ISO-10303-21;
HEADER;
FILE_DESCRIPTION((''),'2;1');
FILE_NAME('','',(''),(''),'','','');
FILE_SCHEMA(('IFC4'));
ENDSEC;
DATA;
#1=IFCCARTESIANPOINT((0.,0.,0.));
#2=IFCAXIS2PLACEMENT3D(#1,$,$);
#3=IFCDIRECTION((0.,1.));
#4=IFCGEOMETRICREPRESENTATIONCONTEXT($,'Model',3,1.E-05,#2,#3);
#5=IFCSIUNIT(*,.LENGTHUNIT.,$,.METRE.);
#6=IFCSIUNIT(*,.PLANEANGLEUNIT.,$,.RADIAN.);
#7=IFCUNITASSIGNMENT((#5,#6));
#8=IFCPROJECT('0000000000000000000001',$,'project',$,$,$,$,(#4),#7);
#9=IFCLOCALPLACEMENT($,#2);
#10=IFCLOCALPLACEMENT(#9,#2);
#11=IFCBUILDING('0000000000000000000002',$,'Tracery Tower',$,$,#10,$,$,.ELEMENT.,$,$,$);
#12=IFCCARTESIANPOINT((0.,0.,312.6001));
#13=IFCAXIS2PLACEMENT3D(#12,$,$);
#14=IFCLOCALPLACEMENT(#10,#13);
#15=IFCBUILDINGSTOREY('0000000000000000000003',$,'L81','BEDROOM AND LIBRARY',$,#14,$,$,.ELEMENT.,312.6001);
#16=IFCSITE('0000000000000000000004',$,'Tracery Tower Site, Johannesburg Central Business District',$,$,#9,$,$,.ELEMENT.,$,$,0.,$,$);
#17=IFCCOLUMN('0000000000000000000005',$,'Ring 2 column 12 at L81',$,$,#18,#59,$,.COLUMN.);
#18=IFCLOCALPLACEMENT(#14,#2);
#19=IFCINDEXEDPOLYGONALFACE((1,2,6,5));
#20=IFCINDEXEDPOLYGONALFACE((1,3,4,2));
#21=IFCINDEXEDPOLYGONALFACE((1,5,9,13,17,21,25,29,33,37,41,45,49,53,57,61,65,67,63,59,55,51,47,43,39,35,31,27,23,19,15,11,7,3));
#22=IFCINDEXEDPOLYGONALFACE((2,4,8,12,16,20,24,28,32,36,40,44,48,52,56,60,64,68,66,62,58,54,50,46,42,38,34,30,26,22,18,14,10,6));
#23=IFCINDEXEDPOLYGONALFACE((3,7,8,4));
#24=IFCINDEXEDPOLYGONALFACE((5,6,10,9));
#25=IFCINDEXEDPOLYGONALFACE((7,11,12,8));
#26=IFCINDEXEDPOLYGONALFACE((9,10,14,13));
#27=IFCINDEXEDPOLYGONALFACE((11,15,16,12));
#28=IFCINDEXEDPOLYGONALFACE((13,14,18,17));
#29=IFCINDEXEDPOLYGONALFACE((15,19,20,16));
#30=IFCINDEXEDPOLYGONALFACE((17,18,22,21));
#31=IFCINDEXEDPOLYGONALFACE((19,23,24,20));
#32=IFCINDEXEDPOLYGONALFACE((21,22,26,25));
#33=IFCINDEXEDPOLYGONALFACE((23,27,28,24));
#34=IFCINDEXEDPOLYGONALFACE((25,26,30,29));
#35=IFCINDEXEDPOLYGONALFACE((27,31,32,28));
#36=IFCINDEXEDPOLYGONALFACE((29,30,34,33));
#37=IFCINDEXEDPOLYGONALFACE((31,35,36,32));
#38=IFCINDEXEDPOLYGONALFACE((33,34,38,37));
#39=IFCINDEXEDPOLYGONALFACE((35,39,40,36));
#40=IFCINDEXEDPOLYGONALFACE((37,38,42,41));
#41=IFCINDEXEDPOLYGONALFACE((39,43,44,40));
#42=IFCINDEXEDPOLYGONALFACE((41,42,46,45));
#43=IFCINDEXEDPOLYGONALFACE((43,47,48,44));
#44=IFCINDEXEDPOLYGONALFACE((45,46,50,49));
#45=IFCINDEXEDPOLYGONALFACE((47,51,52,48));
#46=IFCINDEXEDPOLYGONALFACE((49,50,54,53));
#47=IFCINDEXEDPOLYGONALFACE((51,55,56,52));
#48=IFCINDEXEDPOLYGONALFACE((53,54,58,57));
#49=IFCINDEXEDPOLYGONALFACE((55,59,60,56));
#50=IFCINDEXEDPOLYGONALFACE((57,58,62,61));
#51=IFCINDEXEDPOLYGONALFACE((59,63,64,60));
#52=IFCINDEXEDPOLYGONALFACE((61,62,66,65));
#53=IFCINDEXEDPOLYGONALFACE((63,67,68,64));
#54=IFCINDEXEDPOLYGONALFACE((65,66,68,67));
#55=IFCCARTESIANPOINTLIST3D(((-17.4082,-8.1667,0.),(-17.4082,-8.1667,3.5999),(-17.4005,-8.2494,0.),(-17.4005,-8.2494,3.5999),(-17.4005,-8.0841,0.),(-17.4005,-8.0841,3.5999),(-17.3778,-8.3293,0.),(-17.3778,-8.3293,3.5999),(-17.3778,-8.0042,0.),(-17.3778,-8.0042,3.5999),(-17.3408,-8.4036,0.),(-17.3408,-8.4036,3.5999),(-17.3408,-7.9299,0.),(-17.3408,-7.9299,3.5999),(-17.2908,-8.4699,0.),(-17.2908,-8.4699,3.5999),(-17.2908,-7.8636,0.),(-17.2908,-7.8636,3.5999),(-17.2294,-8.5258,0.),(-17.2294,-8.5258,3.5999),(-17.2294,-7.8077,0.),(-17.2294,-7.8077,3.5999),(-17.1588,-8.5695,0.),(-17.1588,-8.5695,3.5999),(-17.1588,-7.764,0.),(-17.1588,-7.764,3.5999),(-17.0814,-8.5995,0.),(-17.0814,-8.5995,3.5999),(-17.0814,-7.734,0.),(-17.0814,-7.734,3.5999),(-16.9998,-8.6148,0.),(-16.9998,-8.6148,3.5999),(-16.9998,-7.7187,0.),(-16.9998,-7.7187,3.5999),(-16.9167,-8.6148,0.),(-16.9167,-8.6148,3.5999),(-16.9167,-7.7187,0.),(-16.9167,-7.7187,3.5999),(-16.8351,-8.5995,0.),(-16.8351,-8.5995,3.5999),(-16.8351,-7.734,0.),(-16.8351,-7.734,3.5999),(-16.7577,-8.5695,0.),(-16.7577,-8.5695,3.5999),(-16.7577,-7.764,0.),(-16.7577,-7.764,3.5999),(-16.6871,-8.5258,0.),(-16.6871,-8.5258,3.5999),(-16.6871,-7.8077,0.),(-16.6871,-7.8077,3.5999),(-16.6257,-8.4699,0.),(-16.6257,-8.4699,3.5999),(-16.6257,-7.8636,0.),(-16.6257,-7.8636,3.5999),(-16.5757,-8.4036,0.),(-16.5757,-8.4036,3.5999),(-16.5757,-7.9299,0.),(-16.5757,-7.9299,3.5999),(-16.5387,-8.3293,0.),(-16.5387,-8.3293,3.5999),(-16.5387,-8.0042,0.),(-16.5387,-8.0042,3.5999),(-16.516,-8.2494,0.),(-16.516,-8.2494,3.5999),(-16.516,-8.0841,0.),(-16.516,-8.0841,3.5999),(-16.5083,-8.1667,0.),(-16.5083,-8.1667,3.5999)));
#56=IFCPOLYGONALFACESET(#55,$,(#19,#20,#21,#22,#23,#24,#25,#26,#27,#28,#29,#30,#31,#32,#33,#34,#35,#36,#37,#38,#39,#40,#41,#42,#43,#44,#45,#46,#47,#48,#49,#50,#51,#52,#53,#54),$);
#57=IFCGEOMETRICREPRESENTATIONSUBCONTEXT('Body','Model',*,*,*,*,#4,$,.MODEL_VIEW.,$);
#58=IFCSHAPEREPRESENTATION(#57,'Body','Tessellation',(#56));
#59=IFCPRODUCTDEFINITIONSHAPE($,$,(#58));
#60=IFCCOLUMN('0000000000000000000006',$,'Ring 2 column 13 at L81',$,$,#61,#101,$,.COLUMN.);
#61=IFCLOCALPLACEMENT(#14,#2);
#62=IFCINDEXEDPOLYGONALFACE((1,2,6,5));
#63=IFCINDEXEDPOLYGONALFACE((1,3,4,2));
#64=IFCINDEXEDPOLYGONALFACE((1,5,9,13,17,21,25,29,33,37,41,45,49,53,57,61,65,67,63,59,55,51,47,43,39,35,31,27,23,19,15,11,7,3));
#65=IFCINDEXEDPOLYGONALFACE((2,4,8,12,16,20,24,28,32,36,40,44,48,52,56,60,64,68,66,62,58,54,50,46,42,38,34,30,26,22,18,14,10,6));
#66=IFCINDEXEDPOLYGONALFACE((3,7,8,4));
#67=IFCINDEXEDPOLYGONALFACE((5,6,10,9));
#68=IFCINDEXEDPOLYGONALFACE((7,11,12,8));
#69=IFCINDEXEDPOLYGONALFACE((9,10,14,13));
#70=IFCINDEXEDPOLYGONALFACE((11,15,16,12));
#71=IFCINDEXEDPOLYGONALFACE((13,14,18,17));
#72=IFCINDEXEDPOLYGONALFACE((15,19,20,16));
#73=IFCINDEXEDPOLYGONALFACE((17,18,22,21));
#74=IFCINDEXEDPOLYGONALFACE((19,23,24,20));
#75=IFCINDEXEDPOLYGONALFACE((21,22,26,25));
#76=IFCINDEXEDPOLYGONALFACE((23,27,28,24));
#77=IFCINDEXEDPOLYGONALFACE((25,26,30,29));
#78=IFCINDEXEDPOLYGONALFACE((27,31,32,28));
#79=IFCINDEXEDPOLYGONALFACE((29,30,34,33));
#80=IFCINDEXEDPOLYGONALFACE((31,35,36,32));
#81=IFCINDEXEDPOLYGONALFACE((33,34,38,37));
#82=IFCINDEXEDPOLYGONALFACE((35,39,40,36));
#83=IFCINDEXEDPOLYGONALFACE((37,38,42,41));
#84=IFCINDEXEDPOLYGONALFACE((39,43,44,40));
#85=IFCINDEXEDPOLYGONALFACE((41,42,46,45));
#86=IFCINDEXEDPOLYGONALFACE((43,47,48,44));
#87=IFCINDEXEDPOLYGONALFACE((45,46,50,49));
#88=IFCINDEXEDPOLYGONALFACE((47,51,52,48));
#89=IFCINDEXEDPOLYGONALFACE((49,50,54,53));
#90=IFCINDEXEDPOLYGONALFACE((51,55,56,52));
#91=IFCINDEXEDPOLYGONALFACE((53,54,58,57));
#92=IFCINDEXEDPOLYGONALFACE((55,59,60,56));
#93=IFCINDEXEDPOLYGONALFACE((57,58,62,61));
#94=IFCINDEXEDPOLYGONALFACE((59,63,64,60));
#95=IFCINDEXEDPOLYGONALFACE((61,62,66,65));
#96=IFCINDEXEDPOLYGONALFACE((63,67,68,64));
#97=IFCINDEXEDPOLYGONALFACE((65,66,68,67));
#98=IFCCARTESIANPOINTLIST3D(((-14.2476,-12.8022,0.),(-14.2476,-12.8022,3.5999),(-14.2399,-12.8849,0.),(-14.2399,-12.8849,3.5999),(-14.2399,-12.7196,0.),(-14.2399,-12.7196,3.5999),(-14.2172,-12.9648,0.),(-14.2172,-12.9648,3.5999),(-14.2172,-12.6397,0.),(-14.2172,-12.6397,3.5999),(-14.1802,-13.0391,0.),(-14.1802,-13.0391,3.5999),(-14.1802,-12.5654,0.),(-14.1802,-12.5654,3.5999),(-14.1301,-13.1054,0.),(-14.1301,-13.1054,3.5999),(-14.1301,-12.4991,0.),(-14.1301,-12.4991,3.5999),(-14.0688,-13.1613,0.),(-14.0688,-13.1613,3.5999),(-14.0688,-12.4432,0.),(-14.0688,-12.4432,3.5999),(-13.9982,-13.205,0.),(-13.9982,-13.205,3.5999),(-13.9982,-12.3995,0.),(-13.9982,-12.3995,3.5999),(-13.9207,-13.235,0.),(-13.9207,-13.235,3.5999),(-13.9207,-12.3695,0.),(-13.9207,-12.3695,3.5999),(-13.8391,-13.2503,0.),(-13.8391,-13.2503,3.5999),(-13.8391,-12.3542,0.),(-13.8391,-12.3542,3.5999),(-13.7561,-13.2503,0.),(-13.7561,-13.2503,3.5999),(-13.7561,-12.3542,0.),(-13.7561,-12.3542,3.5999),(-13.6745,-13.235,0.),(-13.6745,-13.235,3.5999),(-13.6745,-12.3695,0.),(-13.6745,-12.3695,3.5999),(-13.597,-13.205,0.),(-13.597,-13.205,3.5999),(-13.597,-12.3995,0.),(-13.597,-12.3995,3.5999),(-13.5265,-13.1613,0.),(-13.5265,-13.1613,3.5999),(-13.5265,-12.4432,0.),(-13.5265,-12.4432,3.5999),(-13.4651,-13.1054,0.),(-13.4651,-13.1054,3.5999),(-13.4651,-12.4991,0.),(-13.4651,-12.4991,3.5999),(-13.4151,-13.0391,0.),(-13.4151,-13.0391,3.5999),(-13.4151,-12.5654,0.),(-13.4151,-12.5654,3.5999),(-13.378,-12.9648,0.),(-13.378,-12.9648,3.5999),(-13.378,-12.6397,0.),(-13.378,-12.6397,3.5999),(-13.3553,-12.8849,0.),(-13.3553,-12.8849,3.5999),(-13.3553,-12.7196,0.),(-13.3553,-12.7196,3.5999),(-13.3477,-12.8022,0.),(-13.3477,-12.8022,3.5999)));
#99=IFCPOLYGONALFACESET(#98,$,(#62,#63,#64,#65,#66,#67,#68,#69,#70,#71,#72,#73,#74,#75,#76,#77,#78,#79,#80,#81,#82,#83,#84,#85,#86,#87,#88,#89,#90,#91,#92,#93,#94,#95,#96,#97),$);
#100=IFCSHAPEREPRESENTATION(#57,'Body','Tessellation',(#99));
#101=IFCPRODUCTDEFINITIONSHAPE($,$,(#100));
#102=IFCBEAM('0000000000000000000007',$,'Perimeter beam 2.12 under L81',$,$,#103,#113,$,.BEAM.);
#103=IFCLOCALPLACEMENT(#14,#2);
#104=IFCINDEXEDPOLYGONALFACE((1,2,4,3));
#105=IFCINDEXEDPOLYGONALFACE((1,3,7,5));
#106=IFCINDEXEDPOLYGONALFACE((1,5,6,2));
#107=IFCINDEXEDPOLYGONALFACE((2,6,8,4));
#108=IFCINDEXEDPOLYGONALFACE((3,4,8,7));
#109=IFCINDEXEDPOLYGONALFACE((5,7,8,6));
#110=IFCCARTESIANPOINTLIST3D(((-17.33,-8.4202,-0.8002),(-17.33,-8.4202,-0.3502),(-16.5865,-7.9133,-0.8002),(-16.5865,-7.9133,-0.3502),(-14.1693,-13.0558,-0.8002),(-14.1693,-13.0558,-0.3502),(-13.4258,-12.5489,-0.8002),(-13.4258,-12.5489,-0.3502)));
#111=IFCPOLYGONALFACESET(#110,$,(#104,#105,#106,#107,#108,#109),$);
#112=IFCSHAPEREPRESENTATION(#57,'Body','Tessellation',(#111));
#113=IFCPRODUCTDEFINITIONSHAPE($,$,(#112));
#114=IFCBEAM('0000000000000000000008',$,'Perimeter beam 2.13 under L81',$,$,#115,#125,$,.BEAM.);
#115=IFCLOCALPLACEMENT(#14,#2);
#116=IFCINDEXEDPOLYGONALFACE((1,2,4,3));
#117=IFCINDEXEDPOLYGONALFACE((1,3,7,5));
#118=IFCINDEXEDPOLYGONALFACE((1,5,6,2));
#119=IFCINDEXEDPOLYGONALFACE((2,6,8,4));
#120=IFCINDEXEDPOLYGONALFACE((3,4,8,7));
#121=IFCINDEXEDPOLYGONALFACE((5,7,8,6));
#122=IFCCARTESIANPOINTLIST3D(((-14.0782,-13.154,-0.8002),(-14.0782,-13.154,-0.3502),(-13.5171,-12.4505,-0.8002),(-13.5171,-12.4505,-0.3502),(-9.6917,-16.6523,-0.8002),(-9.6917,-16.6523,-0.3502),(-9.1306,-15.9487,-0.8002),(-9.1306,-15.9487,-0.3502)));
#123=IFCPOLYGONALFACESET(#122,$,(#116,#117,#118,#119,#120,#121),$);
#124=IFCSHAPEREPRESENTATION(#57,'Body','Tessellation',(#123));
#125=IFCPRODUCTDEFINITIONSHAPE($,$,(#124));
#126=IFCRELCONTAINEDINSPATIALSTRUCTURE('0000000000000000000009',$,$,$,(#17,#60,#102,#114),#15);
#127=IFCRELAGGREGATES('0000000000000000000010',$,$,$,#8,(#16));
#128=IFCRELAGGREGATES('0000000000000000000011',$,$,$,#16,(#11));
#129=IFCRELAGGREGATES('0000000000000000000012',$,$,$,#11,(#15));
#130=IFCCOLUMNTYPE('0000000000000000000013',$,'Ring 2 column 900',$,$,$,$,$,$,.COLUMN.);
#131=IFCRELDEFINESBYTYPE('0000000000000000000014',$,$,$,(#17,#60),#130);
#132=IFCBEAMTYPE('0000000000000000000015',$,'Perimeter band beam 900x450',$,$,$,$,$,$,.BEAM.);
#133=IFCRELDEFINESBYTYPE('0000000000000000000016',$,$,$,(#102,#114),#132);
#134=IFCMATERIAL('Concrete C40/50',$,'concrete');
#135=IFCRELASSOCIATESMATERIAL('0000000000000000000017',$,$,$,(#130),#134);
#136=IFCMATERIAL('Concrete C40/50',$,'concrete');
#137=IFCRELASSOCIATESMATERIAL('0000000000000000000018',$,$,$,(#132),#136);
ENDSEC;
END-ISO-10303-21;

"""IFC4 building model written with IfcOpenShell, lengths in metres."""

from ifc_helpers import new_model, si_unit, direction, frame, origin, origin_2d, place, context, subcontext, project, spatial, rectangle, circle, extrude, material, material_profile, profile_set, type_object, element, save


model = new_model("IFC4")

# Units and contexts
model_context = context("Model", 3, precision=1e-05, world=origin(), true_north=direction((0.0, 1.0)))
body_context = subcontext(model_context, "Body", "Model", "MODEL_VIEW")
ifc_project = project(units=[si_unit("LENGTHUNIT", "METRE"), si_unit("PLANEANGLEUNIT", "RADIAN")], contexts=[model_context])

# Site, building, storey
site_placement = place(None, origin())
site = spatial("IfcSite", under=ifc_project, at=site_placement, Name="Tracery Tower Site, Johannesburg Central Business District", CompositionType="ELEMENT", RefElevation=0.0)
building_placement = place(site_placement, origin())
building = spatial("IfcBuilding", under=site, at=building_placement, Name="Tracery Tower", CompositionType="ELEMENT")
storey_placement = place(building_placement, frame((0.0, 0.0, 312.6001)))
storey = spatial("IfcBuildingStorey", under=building, at=storey_placement, Name="L81", Description="BEDROOM AND LIBRARY", CompositionType="ELEMENT", Elevation=312.6001)

# Columns
ifc_material_1 = material(Name="Concrete C40/50", Category="concrete")
ifc_material_profile_1 = material_profile(ifc_material_1, circle(Radius=0.45, at=origin_2d()), Name="RC D900")
ifc_profile_set_1 = profile_set([ifc_material_profile_1], Name="Concrete C40/50")
column_type = type_object("IfcColumnType", Name="Ring 2 column 900", PredefinedType="COLUMN", material=ifc_profile_set_1)
for number, where, z_axis, x_axis, name in (
    (1, (-16.9583, -8.1667, 0.0), (0.0, 0.0, 1.0), (1.0, 0.0, 0.0), "Ring 2 column 12 at L81"),
    (2, (-13.7976, -12.8022, 0.0), (0.0, 0.0, 1.0), (1.0, 0.0, 0.0), "Ring 2 column 13 at L81"),
):
    element("IfcColumn", number, at=place(storey_placement, frame(where, z_axis=z_axis, x_axis=x_axis)), inside=storey, type_object=column_type, Name=name, PredefinedType="COLUMN", context=body_context, shape_type="SweptSolid", body=[
        extrude(circle(Radius=0.45, at=origin_2d()), origin(), (0.0, 0.0, 1.0), 3.5999),
    ])

# Beams
ifc_material_2 = material(Name="Concrete C40/50", Category="concrete")
ifc_material_profile_2 = material_profile(ifc_material_2, rectangle(XDim=0.8999, YDim=0.45, at=origin_2d()), Name="RC 900x450")
ifc_profile_set_2 = profile_set([ifc_material_profile_2], Name="Concrete C40/50")
beam_type = type_object("IfcBeamType", Name="Perimeter band beam 900x450", PredefinedType="BEAM", material=ifc_profile_set_2)
for number, where, z_axis, x_axis, name in (
    (3, (-16.9583, -8.1667, -0.5752), (0.563346, -0.826221, 0.0), (0.826221, 0.563346, 0.0), "Perimeter beam 2.12 under L81"),
    (4, (-13.7976, -12.8022, -0.5752), (0.781815, -0.623511, 0.0), (0.623511, 0.781815, 0.0), "Perimeter beam 2.13 under L81"),
):
    element("IfcBeam", number, at=place(storey_placement, frame(where, z_axis=z_axis, x_axis=x_axis)), inside=storey, type_object=beam_type, Name=name, PredefinedType="BEAM", context=body_context, shape_type="SweptSolid", body=[
        extrude(rectangle(XDim=0.8999, YDim=0.45, at=origin_2d()), origin(), (0.0, 0.0, 1.0), 5.6106),
    ])

save(model, "model.ifc")
